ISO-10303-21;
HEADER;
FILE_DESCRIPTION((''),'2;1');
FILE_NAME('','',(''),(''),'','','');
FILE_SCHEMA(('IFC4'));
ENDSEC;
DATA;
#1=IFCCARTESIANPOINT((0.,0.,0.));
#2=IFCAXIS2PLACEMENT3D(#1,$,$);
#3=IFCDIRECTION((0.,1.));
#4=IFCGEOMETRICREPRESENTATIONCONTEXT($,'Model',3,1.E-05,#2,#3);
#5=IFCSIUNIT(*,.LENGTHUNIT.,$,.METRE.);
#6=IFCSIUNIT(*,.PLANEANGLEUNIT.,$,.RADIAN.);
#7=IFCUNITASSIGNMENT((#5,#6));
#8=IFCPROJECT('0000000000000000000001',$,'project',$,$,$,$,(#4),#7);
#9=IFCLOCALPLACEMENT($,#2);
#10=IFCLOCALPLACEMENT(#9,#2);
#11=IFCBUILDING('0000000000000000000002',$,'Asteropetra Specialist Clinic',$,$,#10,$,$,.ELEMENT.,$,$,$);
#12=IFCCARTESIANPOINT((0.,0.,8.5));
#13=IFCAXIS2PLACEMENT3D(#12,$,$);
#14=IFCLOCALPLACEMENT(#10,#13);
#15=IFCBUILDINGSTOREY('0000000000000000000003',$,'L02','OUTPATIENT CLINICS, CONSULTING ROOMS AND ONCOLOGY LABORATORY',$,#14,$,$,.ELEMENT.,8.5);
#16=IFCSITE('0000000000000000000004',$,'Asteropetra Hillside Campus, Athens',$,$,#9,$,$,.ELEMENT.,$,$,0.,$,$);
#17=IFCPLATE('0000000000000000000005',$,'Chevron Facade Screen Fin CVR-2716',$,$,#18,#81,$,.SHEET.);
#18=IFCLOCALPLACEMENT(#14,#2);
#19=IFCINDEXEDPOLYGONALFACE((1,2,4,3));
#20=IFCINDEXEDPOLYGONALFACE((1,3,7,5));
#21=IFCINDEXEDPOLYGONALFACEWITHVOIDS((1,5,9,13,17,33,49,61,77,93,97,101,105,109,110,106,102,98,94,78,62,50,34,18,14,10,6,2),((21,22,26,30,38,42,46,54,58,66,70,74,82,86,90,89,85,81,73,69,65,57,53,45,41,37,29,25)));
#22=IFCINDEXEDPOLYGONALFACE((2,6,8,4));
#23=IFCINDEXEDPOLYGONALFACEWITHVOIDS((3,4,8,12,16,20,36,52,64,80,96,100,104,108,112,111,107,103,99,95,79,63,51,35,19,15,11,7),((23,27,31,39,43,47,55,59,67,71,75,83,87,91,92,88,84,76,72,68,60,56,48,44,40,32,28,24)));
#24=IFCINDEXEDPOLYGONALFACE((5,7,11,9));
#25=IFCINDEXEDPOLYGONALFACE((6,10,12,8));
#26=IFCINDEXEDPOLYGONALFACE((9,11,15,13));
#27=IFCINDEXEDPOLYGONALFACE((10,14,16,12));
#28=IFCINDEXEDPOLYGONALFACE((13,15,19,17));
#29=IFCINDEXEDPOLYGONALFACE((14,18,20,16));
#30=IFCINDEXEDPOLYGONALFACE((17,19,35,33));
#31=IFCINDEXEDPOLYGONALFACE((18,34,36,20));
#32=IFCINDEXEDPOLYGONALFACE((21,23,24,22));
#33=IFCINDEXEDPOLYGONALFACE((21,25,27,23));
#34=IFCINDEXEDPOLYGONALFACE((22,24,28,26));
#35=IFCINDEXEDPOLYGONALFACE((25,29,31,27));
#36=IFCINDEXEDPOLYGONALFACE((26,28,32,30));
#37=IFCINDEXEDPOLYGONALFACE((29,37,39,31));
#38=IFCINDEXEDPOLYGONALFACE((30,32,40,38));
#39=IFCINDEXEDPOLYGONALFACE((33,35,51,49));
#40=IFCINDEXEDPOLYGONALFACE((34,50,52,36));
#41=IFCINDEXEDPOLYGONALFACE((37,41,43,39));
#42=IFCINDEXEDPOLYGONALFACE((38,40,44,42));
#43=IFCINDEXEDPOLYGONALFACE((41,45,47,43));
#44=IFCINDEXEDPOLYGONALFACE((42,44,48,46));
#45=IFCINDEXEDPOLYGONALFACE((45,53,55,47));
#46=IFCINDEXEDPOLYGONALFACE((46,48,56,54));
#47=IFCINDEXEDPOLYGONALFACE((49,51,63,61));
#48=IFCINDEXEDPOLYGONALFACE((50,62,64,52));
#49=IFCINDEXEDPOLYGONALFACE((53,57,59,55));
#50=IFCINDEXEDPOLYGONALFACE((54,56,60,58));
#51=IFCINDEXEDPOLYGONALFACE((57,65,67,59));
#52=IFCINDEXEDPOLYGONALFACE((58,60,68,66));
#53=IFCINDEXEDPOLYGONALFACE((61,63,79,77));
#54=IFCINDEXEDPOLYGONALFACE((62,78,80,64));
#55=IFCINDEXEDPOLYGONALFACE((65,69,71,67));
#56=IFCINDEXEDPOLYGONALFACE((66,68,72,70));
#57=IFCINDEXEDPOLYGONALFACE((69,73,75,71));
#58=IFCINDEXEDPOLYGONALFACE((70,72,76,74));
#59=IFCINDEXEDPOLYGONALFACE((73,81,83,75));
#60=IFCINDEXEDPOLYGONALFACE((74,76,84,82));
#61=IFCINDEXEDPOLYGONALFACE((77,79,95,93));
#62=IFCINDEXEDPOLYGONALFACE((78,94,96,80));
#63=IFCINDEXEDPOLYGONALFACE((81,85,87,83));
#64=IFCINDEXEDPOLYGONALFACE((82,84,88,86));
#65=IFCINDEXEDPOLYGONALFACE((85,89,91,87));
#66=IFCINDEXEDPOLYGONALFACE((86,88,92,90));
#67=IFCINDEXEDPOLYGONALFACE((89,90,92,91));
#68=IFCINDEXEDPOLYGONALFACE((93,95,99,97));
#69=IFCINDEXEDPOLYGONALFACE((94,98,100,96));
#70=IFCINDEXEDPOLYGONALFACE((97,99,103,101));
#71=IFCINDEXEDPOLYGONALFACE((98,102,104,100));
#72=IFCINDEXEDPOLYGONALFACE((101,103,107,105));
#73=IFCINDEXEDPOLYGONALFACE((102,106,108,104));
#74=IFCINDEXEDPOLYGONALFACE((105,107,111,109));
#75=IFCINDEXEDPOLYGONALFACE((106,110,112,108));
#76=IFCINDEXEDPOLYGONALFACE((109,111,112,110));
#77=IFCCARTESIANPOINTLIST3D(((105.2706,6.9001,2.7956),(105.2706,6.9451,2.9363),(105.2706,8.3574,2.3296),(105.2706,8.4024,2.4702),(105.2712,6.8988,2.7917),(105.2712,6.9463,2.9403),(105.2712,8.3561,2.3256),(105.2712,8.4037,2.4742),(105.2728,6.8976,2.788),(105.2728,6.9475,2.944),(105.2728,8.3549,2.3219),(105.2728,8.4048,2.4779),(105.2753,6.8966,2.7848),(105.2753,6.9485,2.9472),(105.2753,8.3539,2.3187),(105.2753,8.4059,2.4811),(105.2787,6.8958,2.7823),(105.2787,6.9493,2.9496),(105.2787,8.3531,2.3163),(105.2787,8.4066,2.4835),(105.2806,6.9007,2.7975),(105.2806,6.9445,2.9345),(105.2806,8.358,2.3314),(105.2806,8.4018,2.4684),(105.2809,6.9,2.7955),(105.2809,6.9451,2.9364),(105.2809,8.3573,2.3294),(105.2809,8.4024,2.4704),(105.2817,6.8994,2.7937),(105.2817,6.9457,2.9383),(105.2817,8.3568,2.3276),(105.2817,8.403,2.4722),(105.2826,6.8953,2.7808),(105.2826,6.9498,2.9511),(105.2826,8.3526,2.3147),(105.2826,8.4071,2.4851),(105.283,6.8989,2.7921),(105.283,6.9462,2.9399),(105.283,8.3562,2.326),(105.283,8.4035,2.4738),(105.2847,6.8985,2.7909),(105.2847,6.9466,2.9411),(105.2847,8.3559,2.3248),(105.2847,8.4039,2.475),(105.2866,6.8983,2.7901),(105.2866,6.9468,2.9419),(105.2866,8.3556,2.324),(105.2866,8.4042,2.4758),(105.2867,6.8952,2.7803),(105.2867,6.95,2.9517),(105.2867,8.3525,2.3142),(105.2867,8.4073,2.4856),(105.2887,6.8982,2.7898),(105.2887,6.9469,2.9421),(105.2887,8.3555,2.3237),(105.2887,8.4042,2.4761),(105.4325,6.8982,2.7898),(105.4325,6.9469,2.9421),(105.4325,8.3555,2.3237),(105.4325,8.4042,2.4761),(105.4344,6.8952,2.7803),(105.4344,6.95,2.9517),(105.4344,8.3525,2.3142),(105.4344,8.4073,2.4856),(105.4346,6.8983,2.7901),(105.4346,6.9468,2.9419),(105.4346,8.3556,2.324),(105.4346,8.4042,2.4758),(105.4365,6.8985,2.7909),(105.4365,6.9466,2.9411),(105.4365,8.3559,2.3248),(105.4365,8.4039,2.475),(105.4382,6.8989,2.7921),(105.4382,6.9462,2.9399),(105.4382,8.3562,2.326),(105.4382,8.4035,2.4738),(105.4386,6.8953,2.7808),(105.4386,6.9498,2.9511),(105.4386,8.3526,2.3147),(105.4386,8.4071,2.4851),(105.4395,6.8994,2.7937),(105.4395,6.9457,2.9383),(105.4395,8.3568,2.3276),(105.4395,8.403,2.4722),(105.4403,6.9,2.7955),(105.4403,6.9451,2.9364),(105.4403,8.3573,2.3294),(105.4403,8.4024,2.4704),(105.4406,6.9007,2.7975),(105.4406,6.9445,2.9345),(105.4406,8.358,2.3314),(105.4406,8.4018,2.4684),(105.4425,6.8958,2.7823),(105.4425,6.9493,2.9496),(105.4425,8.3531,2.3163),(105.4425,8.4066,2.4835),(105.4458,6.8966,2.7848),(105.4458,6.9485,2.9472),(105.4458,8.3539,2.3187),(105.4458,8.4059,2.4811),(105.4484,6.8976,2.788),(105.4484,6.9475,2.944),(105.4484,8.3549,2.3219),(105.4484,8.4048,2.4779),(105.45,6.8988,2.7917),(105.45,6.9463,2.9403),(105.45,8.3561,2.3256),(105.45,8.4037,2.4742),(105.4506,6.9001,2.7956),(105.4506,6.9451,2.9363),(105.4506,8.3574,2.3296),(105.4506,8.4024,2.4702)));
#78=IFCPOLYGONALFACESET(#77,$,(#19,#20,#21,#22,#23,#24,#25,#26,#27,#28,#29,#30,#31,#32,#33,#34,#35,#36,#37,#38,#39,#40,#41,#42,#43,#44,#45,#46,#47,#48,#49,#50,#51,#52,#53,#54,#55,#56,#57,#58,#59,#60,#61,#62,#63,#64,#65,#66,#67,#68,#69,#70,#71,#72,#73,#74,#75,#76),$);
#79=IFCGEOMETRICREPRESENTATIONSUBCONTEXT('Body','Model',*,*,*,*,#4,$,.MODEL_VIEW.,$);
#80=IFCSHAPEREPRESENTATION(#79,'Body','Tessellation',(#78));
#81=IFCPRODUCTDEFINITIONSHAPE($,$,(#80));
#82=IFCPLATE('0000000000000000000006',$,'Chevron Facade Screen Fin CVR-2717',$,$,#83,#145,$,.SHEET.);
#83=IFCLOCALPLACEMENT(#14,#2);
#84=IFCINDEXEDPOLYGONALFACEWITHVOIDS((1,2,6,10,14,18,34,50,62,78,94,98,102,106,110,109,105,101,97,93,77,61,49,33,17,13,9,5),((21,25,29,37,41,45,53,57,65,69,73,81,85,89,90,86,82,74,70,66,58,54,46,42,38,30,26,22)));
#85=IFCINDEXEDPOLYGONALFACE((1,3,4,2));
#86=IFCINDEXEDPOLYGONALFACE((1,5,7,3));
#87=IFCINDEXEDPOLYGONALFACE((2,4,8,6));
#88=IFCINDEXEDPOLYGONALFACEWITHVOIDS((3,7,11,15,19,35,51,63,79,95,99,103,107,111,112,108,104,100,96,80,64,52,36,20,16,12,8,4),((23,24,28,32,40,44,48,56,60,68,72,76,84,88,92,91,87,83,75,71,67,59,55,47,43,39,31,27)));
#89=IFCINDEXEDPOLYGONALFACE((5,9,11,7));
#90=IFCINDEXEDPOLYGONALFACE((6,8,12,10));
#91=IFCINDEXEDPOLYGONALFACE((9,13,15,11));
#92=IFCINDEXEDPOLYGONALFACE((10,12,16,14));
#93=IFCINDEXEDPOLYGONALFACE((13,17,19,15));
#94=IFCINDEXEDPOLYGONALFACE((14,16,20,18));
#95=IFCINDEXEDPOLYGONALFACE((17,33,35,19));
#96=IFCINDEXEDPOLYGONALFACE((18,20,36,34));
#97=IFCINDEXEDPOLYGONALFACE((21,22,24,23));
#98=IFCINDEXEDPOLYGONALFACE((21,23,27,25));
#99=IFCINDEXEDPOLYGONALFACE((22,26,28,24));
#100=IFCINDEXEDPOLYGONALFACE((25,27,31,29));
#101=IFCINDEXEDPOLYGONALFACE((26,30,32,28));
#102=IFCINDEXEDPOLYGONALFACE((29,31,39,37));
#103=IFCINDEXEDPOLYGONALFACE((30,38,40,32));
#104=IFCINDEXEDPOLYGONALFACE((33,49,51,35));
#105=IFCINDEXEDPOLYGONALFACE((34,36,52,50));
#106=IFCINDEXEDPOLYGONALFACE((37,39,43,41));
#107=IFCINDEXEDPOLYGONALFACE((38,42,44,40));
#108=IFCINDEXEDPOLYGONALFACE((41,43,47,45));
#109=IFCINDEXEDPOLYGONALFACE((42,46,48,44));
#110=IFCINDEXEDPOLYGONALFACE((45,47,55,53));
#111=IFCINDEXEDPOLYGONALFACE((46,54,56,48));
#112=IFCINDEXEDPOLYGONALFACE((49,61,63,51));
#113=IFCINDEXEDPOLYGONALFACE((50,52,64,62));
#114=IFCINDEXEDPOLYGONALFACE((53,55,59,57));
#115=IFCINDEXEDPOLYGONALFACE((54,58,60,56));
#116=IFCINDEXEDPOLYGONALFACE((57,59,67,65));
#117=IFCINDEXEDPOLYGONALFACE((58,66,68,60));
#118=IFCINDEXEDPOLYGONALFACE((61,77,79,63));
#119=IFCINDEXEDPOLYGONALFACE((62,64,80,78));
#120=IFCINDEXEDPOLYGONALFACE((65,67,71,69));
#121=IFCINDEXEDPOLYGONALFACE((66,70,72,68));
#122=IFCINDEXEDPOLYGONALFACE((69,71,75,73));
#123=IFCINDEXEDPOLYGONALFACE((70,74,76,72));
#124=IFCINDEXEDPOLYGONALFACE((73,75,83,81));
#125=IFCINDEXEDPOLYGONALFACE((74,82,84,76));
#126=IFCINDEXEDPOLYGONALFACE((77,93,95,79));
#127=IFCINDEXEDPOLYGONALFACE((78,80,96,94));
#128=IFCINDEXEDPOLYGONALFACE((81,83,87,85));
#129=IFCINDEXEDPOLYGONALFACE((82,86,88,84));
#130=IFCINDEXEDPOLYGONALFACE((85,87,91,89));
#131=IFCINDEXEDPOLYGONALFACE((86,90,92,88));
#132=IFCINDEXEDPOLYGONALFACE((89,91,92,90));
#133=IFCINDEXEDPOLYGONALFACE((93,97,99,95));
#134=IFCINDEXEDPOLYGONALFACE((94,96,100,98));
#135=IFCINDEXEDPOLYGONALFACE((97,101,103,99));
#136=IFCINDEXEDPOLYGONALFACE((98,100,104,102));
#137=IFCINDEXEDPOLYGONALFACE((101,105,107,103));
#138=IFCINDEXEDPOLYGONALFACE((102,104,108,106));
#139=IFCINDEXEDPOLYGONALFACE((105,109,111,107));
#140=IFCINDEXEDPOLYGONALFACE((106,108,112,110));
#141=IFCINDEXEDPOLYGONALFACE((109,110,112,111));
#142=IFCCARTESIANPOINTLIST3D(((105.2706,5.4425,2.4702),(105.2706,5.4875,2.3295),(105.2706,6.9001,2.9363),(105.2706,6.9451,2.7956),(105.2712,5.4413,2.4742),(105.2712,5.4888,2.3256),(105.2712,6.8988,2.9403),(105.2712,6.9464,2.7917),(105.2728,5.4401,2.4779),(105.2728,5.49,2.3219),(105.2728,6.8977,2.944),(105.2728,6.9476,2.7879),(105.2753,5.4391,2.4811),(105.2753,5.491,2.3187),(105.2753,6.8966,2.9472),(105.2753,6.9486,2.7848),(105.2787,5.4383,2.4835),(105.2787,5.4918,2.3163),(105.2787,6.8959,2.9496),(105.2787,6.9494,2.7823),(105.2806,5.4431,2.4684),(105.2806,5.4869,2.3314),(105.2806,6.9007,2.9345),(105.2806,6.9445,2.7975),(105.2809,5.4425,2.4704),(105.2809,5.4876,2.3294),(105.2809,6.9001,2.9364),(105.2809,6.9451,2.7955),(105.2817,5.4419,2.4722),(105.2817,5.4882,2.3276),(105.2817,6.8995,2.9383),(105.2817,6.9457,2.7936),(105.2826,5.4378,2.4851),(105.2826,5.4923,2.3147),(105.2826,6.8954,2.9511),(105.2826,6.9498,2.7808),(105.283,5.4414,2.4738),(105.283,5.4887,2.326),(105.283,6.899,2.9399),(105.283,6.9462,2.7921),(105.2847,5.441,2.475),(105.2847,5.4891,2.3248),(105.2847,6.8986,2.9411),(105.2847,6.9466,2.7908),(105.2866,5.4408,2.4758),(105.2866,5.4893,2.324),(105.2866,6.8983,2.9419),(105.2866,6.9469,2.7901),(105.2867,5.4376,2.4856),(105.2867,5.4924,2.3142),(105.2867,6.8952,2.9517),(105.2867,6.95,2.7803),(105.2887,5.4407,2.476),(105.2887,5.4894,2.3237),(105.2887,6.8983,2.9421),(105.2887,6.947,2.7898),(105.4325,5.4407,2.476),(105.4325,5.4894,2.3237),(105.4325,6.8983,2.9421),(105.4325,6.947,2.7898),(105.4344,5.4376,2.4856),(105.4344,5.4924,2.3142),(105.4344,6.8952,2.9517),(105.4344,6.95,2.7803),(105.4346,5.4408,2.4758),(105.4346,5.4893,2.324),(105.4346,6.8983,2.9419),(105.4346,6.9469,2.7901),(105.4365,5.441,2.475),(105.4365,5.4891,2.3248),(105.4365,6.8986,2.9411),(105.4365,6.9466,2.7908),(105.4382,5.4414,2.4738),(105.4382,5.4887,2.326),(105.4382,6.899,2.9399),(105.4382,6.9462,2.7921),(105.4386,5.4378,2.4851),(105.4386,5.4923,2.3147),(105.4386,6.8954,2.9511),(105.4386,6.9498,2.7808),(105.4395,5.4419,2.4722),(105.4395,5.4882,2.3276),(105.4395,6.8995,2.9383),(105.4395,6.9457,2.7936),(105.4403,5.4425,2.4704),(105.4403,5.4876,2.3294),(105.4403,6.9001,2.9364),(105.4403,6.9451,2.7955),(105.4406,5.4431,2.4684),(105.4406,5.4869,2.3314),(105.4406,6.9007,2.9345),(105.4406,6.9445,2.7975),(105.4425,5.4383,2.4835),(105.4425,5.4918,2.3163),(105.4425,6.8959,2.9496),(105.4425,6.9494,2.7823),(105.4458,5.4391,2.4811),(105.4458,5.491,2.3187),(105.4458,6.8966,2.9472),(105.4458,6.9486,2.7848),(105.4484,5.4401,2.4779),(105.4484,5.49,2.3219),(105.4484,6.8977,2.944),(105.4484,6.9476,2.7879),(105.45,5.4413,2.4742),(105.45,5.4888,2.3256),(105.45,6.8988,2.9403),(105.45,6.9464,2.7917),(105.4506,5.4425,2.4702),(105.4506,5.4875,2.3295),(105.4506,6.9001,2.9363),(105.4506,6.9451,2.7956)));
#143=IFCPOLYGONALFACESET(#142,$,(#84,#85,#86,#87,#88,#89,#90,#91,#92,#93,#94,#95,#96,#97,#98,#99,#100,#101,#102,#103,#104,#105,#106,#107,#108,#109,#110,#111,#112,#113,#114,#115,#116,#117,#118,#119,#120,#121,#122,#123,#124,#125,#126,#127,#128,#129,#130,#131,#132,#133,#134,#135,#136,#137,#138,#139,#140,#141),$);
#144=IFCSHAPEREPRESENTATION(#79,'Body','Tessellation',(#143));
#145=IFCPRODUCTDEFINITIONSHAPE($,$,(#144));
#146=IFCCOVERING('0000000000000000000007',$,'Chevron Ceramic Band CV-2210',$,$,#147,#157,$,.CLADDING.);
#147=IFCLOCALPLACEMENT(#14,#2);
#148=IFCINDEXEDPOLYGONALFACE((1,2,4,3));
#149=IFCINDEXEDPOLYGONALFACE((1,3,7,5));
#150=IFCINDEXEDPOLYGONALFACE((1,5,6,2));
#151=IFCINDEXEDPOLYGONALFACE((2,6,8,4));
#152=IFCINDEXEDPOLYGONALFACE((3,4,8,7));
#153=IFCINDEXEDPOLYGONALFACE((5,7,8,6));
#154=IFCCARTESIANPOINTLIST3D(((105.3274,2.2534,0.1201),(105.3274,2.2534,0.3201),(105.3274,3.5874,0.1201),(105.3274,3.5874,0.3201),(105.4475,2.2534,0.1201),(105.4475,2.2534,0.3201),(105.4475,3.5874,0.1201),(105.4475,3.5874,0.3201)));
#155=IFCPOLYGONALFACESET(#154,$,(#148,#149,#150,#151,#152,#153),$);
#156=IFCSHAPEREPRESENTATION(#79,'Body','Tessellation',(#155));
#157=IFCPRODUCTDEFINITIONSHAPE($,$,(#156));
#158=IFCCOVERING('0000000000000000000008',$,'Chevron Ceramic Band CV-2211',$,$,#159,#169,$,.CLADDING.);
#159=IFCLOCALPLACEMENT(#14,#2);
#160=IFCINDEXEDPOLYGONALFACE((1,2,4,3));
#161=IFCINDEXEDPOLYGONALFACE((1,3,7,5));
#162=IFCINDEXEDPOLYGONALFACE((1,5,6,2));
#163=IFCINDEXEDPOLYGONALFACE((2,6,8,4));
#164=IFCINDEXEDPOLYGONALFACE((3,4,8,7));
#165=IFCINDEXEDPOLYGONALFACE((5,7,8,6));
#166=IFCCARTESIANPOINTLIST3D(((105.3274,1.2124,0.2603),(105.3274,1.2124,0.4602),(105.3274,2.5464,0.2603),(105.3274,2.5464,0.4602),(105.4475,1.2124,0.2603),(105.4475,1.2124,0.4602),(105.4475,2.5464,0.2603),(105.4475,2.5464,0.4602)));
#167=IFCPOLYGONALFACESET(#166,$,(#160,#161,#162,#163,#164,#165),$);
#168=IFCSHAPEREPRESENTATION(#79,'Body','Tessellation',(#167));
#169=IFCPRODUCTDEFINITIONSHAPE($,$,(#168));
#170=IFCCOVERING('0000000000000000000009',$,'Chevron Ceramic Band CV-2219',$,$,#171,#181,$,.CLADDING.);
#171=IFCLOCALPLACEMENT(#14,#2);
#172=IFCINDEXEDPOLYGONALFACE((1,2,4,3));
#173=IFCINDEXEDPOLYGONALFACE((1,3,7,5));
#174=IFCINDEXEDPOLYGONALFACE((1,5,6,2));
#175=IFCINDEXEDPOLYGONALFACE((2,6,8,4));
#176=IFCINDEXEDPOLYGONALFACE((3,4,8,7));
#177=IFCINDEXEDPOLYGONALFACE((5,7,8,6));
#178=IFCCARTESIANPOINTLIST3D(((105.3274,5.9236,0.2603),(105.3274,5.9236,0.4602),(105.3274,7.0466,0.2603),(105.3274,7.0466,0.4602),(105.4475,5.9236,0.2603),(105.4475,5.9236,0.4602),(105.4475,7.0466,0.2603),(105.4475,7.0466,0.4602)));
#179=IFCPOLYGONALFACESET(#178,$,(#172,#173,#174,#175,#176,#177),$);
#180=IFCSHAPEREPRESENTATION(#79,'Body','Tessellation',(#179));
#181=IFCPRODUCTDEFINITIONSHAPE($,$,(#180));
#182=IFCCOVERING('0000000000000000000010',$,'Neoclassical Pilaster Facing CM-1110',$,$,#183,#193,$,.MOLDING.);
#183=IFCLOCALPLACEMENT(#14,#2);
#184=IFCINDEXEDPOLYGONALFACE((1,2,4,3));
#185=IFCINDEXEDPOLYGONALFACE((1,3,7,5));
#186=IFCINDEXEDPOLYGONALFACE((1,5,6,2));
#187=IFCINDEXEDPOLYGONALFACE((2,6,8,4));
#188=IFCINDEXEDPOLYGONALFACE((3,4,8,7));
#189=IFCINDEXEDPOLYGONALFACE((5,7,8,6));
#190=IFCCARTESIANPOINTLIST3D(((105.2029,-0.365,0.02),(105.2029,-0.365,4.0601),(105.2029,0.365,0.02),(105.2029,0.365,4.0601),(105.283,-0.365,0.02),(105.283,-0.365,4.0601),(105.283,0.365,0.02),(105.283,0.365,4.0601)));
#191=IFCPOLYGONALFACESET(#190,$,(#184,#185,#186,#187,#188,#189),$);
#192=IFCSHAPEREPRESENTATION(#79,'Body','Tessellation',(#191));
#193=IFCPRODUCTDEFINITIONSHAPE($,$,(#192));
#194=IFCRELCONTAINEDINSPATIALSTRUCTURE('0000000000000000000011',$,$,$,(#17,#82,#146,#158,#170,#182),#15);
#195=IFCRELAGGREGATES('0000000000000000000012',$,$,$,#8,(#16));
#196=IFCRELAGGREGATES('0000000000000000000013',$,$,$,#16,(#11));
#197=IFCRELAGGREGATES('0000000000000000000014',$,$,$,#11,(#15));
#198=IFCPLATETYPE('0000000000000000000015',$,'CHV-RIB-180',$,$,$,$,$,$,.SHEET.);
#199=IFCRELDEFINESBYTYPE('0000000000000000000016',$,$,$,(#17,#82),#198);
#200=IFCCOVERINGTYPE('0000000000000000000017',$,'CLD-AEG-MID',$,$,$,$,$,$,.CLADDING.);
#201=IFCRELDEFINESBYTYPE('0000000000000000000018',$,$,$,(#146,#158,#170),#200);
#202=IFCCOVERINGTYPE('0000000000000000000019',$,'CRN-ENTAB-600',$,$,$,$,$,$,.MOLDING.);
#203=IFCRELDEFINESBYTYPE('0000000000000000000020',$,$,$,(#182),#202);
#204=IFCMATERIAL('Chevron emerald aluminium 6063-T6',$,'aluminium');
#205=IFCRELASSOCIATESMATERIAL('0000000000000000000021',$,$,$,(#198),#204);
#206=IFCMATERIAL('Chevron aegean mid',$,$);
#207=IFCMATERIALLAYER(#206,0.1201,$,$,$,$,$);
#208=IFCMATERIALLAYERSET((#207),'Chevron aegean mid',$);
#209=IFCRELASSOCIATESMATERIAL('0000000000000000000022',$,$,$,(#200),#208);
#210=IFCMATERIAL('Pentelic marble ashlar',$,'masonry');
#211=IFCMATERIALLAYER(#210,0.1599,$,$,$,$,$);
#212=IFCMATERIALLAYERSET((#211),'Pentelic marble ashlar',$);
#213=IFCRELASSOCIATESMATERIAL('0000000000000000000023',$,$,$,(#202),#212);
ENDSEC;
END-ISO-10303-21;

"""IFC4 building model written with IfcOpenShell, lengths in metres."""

from ifc_helpers import new_model, si_unit, direction, frame, origin, origin_2d, place, context, subcontext, project, spatial, rectangle, hollow_rectangle, extrude, material, layer, layer_set, material_profile, profile_set, type_object, element, save


model = new_model("IFC4")

# Units and contexts
model_context = context("Model", 3, precision=1e-05, world=origin(), true_north=direction((0.0, 1.0)))
body_context = subcontext(model_context, "Body", "Model", "MODEL_VIEW")
ifc_project = project(units=[si_unit("LENGTHUNIT", "METRE"), si_unit("PLANEANGLEUNIT", "RADIAN")], contexts=[model_context])

# Site, building, storey
site_placement = place(None, origin())
site = spatial("IfcSite", under=ifc_project, at=site_placement, Name="Asteropetra Hillside Campus, Athens", CompositionType="ELEMENT", RefElevation=0.0)
building_placement = place(site_placement, origin())
building = spatial("IfcBuilding", under=site, at=building_placement, Name="Asteropetra Specialist Clinic", CompositionType="ELEMENT")
storey_placement = place(building_placement, frame((0.0, 0.0, 8.5)))
storey = spatial("IfcBuildingStorey", under=building, at=storey_placement, Name="L02", Description="OUTPATIENT CLINICS, CONSULTING ROOMS AND ONCOLOGY LABORATORY", CompositionType="ELEMENT", Elevation=8.5)

# Plates
ifc_material_1 = material(Name="Chevron emerald aluminium 6063-T6", Category="aluminium")
ifc_material_profile = material_profile(ifc_material_1, hollow_rectangle(XDim=0.1799, YDim=0.1799, WallThickness=0.01, InnerFilletRadius=0.0081, OuterFilletRadius=0.0161, at=origin_2d()), Name="SHS 180x180x10.0")
ifc_profile_set = profile_set([ifc_material_profile], Name="Chevron emerald aluminium 6063-T6")
plate_type = type_object("IfcPlateType", Name="CHV-RIB-180", PredefinedType="SHEET", material=ifc_profile_set)
for number, where, z_axis, x_axis, name in (
    (1, (105.3606, 8.3799, 2.3999), (0.0, -0.952474, 0.304619), (1.0, 0.0, 0.0), "Chevron Facade Screen Fin CVR-2716"),
):
    element("IfcPlate", number, at=place(storey_placement, frame(where, z_axis=z_axis, x_axis=x_axis)), inside=storey, type_object=plate_type, Name=name, PredefinedType="SHEET", context=body_context, shape_type="SweptSolid", body=[
        extrude(hollow_rectangle(XDim=0.1799, YDim=0.1799, WallThickness=0.01, InnerFilletRadius=0.0081, OuterFilletRadius=0.0161, at=origin_2d()), origin(), (0.0, 0.0, 1.0), 1.53),
    ])
plate_1_placement = place(storey_placement, frame((105.3606, 6.9226, 2.866), z_axis=(0.0, -0.952489, -0.304573), x_axis=(1.0, 0.0, 0.0)))
element("IfcPlate", 2, at=plate_1_placement, inside=storey, type_object=plate_type, Name="Chevron Facade Screen Fin CVR-2717", PredefinedType="SHEET", context=body_context, shape_type="SweptSolid", body=[
    extrude(hollow_rectangle(XDim=0.1799, YDim=0.1799, WallThickness=0.01, InnerFilletRadius=0.0081, OuterFilletRadius=0.0161, at=origin_2d()), origin(), (0.0, 0.0, 1.0), 1.5303),
])

# Coverings
ifc_material_2 = material(Name="Chevron aegean mid")
ifc_layer_1 = layer(ifc_material_2, 0.1201)
ifc_layer_set_1 = layer_set([ifc_layer_1], Name="Chevron aegean mid")
covering_type_1 = type_object("IfcCoveringType", Name="CLD-AEG-MID", PredefinedType="CLADDING", material=ifc_layer_set_1)
for number, where, z_axis, x_axis, name in (
    (3, (105.3875, 2.9204, 0.1201), (0.0, 0.0, 1.0), (1.0, 0.0, 0.0), "Chevron Ceramic Band CV-2210"),
    (4, (105.3875, 1.8794, 0.2603), (0.0, 0.0, 1.0), (1.0, 0.0, 0.0), "Chevron Ceramic Band CV-2211"),
):
    element("IfcCovering", number, at=place(storey_placement, frame(where, z_axis=z_axis, x_axis=x_axis)), inside=storey, type_object=covering_type_1, Name=name, PredefinedType="CLADDING", context=body_context, shape_type="SweptSolid", body=[
        extrude(rectangle(XDim=0.1201, YDim=1.334, at=origin_2d()), origin(), (0.0, 0.0, 1.0), 0.2),
    ])
covering_placement = place(storey_placement, frame((105.3875, 6.4851, 0.2603), z_axis=(0.0, 0.0, 1.0), x_axis=(1.0, 0.0, 0.0)))
element("IfcCovering", 5, at=covering_placement, inside=storey, type_object=covering_type_1, Name="Chevron Ceramic Band CV-2219", PredefinedType="CLADDING", context=body_context, shape_type="SweptSolid", body=[
    extrude(rectangle(XDim=0.1201, YDim=1.123, at=origin_2d()), origin(), (0.0, 0.0, 1.0), 0.2),
])
ifc_material_3 = material(Name="Pentelic marble ashlar", Category="masonry")
ifc_layer_2 = layer(ifc_material_3, 0.1599)
ifc_layer_set_2 = layer_set([ifc_layer_2], Name="Pentelic marble ashlar")
covering_type_2 = type_object("IfcCoveringType", Name="CRN-ENTAB-600", PredefinedType="MOLDING", material=ifc_layer_set_2)
for number, where, z_axis, x_axis, name in (
    (6, (105.2429, 0.0, 0.02), (0.0, 0.0, 1.0), (1.0, 0.0, 0.0), "Neoclassical Pilaster Facing CM-1110"),
):
    element("IfcCovering", number, at=place(storey_placement, frame(where, z_axis=z_axis, x_axis=x_axis)), inside=storey, type_object=covering_type_2, Name=name, PredefinedType="MOLDING", context=body_context, shape_type="SweptSolid", body=[
        extrude(rectangle(XDim=0.0801, YDim=0.73, at=origin_2d()), origin(), (0.0, 0.0, 1.0), 4.04),
    ])

save(model, "model.ifc")
